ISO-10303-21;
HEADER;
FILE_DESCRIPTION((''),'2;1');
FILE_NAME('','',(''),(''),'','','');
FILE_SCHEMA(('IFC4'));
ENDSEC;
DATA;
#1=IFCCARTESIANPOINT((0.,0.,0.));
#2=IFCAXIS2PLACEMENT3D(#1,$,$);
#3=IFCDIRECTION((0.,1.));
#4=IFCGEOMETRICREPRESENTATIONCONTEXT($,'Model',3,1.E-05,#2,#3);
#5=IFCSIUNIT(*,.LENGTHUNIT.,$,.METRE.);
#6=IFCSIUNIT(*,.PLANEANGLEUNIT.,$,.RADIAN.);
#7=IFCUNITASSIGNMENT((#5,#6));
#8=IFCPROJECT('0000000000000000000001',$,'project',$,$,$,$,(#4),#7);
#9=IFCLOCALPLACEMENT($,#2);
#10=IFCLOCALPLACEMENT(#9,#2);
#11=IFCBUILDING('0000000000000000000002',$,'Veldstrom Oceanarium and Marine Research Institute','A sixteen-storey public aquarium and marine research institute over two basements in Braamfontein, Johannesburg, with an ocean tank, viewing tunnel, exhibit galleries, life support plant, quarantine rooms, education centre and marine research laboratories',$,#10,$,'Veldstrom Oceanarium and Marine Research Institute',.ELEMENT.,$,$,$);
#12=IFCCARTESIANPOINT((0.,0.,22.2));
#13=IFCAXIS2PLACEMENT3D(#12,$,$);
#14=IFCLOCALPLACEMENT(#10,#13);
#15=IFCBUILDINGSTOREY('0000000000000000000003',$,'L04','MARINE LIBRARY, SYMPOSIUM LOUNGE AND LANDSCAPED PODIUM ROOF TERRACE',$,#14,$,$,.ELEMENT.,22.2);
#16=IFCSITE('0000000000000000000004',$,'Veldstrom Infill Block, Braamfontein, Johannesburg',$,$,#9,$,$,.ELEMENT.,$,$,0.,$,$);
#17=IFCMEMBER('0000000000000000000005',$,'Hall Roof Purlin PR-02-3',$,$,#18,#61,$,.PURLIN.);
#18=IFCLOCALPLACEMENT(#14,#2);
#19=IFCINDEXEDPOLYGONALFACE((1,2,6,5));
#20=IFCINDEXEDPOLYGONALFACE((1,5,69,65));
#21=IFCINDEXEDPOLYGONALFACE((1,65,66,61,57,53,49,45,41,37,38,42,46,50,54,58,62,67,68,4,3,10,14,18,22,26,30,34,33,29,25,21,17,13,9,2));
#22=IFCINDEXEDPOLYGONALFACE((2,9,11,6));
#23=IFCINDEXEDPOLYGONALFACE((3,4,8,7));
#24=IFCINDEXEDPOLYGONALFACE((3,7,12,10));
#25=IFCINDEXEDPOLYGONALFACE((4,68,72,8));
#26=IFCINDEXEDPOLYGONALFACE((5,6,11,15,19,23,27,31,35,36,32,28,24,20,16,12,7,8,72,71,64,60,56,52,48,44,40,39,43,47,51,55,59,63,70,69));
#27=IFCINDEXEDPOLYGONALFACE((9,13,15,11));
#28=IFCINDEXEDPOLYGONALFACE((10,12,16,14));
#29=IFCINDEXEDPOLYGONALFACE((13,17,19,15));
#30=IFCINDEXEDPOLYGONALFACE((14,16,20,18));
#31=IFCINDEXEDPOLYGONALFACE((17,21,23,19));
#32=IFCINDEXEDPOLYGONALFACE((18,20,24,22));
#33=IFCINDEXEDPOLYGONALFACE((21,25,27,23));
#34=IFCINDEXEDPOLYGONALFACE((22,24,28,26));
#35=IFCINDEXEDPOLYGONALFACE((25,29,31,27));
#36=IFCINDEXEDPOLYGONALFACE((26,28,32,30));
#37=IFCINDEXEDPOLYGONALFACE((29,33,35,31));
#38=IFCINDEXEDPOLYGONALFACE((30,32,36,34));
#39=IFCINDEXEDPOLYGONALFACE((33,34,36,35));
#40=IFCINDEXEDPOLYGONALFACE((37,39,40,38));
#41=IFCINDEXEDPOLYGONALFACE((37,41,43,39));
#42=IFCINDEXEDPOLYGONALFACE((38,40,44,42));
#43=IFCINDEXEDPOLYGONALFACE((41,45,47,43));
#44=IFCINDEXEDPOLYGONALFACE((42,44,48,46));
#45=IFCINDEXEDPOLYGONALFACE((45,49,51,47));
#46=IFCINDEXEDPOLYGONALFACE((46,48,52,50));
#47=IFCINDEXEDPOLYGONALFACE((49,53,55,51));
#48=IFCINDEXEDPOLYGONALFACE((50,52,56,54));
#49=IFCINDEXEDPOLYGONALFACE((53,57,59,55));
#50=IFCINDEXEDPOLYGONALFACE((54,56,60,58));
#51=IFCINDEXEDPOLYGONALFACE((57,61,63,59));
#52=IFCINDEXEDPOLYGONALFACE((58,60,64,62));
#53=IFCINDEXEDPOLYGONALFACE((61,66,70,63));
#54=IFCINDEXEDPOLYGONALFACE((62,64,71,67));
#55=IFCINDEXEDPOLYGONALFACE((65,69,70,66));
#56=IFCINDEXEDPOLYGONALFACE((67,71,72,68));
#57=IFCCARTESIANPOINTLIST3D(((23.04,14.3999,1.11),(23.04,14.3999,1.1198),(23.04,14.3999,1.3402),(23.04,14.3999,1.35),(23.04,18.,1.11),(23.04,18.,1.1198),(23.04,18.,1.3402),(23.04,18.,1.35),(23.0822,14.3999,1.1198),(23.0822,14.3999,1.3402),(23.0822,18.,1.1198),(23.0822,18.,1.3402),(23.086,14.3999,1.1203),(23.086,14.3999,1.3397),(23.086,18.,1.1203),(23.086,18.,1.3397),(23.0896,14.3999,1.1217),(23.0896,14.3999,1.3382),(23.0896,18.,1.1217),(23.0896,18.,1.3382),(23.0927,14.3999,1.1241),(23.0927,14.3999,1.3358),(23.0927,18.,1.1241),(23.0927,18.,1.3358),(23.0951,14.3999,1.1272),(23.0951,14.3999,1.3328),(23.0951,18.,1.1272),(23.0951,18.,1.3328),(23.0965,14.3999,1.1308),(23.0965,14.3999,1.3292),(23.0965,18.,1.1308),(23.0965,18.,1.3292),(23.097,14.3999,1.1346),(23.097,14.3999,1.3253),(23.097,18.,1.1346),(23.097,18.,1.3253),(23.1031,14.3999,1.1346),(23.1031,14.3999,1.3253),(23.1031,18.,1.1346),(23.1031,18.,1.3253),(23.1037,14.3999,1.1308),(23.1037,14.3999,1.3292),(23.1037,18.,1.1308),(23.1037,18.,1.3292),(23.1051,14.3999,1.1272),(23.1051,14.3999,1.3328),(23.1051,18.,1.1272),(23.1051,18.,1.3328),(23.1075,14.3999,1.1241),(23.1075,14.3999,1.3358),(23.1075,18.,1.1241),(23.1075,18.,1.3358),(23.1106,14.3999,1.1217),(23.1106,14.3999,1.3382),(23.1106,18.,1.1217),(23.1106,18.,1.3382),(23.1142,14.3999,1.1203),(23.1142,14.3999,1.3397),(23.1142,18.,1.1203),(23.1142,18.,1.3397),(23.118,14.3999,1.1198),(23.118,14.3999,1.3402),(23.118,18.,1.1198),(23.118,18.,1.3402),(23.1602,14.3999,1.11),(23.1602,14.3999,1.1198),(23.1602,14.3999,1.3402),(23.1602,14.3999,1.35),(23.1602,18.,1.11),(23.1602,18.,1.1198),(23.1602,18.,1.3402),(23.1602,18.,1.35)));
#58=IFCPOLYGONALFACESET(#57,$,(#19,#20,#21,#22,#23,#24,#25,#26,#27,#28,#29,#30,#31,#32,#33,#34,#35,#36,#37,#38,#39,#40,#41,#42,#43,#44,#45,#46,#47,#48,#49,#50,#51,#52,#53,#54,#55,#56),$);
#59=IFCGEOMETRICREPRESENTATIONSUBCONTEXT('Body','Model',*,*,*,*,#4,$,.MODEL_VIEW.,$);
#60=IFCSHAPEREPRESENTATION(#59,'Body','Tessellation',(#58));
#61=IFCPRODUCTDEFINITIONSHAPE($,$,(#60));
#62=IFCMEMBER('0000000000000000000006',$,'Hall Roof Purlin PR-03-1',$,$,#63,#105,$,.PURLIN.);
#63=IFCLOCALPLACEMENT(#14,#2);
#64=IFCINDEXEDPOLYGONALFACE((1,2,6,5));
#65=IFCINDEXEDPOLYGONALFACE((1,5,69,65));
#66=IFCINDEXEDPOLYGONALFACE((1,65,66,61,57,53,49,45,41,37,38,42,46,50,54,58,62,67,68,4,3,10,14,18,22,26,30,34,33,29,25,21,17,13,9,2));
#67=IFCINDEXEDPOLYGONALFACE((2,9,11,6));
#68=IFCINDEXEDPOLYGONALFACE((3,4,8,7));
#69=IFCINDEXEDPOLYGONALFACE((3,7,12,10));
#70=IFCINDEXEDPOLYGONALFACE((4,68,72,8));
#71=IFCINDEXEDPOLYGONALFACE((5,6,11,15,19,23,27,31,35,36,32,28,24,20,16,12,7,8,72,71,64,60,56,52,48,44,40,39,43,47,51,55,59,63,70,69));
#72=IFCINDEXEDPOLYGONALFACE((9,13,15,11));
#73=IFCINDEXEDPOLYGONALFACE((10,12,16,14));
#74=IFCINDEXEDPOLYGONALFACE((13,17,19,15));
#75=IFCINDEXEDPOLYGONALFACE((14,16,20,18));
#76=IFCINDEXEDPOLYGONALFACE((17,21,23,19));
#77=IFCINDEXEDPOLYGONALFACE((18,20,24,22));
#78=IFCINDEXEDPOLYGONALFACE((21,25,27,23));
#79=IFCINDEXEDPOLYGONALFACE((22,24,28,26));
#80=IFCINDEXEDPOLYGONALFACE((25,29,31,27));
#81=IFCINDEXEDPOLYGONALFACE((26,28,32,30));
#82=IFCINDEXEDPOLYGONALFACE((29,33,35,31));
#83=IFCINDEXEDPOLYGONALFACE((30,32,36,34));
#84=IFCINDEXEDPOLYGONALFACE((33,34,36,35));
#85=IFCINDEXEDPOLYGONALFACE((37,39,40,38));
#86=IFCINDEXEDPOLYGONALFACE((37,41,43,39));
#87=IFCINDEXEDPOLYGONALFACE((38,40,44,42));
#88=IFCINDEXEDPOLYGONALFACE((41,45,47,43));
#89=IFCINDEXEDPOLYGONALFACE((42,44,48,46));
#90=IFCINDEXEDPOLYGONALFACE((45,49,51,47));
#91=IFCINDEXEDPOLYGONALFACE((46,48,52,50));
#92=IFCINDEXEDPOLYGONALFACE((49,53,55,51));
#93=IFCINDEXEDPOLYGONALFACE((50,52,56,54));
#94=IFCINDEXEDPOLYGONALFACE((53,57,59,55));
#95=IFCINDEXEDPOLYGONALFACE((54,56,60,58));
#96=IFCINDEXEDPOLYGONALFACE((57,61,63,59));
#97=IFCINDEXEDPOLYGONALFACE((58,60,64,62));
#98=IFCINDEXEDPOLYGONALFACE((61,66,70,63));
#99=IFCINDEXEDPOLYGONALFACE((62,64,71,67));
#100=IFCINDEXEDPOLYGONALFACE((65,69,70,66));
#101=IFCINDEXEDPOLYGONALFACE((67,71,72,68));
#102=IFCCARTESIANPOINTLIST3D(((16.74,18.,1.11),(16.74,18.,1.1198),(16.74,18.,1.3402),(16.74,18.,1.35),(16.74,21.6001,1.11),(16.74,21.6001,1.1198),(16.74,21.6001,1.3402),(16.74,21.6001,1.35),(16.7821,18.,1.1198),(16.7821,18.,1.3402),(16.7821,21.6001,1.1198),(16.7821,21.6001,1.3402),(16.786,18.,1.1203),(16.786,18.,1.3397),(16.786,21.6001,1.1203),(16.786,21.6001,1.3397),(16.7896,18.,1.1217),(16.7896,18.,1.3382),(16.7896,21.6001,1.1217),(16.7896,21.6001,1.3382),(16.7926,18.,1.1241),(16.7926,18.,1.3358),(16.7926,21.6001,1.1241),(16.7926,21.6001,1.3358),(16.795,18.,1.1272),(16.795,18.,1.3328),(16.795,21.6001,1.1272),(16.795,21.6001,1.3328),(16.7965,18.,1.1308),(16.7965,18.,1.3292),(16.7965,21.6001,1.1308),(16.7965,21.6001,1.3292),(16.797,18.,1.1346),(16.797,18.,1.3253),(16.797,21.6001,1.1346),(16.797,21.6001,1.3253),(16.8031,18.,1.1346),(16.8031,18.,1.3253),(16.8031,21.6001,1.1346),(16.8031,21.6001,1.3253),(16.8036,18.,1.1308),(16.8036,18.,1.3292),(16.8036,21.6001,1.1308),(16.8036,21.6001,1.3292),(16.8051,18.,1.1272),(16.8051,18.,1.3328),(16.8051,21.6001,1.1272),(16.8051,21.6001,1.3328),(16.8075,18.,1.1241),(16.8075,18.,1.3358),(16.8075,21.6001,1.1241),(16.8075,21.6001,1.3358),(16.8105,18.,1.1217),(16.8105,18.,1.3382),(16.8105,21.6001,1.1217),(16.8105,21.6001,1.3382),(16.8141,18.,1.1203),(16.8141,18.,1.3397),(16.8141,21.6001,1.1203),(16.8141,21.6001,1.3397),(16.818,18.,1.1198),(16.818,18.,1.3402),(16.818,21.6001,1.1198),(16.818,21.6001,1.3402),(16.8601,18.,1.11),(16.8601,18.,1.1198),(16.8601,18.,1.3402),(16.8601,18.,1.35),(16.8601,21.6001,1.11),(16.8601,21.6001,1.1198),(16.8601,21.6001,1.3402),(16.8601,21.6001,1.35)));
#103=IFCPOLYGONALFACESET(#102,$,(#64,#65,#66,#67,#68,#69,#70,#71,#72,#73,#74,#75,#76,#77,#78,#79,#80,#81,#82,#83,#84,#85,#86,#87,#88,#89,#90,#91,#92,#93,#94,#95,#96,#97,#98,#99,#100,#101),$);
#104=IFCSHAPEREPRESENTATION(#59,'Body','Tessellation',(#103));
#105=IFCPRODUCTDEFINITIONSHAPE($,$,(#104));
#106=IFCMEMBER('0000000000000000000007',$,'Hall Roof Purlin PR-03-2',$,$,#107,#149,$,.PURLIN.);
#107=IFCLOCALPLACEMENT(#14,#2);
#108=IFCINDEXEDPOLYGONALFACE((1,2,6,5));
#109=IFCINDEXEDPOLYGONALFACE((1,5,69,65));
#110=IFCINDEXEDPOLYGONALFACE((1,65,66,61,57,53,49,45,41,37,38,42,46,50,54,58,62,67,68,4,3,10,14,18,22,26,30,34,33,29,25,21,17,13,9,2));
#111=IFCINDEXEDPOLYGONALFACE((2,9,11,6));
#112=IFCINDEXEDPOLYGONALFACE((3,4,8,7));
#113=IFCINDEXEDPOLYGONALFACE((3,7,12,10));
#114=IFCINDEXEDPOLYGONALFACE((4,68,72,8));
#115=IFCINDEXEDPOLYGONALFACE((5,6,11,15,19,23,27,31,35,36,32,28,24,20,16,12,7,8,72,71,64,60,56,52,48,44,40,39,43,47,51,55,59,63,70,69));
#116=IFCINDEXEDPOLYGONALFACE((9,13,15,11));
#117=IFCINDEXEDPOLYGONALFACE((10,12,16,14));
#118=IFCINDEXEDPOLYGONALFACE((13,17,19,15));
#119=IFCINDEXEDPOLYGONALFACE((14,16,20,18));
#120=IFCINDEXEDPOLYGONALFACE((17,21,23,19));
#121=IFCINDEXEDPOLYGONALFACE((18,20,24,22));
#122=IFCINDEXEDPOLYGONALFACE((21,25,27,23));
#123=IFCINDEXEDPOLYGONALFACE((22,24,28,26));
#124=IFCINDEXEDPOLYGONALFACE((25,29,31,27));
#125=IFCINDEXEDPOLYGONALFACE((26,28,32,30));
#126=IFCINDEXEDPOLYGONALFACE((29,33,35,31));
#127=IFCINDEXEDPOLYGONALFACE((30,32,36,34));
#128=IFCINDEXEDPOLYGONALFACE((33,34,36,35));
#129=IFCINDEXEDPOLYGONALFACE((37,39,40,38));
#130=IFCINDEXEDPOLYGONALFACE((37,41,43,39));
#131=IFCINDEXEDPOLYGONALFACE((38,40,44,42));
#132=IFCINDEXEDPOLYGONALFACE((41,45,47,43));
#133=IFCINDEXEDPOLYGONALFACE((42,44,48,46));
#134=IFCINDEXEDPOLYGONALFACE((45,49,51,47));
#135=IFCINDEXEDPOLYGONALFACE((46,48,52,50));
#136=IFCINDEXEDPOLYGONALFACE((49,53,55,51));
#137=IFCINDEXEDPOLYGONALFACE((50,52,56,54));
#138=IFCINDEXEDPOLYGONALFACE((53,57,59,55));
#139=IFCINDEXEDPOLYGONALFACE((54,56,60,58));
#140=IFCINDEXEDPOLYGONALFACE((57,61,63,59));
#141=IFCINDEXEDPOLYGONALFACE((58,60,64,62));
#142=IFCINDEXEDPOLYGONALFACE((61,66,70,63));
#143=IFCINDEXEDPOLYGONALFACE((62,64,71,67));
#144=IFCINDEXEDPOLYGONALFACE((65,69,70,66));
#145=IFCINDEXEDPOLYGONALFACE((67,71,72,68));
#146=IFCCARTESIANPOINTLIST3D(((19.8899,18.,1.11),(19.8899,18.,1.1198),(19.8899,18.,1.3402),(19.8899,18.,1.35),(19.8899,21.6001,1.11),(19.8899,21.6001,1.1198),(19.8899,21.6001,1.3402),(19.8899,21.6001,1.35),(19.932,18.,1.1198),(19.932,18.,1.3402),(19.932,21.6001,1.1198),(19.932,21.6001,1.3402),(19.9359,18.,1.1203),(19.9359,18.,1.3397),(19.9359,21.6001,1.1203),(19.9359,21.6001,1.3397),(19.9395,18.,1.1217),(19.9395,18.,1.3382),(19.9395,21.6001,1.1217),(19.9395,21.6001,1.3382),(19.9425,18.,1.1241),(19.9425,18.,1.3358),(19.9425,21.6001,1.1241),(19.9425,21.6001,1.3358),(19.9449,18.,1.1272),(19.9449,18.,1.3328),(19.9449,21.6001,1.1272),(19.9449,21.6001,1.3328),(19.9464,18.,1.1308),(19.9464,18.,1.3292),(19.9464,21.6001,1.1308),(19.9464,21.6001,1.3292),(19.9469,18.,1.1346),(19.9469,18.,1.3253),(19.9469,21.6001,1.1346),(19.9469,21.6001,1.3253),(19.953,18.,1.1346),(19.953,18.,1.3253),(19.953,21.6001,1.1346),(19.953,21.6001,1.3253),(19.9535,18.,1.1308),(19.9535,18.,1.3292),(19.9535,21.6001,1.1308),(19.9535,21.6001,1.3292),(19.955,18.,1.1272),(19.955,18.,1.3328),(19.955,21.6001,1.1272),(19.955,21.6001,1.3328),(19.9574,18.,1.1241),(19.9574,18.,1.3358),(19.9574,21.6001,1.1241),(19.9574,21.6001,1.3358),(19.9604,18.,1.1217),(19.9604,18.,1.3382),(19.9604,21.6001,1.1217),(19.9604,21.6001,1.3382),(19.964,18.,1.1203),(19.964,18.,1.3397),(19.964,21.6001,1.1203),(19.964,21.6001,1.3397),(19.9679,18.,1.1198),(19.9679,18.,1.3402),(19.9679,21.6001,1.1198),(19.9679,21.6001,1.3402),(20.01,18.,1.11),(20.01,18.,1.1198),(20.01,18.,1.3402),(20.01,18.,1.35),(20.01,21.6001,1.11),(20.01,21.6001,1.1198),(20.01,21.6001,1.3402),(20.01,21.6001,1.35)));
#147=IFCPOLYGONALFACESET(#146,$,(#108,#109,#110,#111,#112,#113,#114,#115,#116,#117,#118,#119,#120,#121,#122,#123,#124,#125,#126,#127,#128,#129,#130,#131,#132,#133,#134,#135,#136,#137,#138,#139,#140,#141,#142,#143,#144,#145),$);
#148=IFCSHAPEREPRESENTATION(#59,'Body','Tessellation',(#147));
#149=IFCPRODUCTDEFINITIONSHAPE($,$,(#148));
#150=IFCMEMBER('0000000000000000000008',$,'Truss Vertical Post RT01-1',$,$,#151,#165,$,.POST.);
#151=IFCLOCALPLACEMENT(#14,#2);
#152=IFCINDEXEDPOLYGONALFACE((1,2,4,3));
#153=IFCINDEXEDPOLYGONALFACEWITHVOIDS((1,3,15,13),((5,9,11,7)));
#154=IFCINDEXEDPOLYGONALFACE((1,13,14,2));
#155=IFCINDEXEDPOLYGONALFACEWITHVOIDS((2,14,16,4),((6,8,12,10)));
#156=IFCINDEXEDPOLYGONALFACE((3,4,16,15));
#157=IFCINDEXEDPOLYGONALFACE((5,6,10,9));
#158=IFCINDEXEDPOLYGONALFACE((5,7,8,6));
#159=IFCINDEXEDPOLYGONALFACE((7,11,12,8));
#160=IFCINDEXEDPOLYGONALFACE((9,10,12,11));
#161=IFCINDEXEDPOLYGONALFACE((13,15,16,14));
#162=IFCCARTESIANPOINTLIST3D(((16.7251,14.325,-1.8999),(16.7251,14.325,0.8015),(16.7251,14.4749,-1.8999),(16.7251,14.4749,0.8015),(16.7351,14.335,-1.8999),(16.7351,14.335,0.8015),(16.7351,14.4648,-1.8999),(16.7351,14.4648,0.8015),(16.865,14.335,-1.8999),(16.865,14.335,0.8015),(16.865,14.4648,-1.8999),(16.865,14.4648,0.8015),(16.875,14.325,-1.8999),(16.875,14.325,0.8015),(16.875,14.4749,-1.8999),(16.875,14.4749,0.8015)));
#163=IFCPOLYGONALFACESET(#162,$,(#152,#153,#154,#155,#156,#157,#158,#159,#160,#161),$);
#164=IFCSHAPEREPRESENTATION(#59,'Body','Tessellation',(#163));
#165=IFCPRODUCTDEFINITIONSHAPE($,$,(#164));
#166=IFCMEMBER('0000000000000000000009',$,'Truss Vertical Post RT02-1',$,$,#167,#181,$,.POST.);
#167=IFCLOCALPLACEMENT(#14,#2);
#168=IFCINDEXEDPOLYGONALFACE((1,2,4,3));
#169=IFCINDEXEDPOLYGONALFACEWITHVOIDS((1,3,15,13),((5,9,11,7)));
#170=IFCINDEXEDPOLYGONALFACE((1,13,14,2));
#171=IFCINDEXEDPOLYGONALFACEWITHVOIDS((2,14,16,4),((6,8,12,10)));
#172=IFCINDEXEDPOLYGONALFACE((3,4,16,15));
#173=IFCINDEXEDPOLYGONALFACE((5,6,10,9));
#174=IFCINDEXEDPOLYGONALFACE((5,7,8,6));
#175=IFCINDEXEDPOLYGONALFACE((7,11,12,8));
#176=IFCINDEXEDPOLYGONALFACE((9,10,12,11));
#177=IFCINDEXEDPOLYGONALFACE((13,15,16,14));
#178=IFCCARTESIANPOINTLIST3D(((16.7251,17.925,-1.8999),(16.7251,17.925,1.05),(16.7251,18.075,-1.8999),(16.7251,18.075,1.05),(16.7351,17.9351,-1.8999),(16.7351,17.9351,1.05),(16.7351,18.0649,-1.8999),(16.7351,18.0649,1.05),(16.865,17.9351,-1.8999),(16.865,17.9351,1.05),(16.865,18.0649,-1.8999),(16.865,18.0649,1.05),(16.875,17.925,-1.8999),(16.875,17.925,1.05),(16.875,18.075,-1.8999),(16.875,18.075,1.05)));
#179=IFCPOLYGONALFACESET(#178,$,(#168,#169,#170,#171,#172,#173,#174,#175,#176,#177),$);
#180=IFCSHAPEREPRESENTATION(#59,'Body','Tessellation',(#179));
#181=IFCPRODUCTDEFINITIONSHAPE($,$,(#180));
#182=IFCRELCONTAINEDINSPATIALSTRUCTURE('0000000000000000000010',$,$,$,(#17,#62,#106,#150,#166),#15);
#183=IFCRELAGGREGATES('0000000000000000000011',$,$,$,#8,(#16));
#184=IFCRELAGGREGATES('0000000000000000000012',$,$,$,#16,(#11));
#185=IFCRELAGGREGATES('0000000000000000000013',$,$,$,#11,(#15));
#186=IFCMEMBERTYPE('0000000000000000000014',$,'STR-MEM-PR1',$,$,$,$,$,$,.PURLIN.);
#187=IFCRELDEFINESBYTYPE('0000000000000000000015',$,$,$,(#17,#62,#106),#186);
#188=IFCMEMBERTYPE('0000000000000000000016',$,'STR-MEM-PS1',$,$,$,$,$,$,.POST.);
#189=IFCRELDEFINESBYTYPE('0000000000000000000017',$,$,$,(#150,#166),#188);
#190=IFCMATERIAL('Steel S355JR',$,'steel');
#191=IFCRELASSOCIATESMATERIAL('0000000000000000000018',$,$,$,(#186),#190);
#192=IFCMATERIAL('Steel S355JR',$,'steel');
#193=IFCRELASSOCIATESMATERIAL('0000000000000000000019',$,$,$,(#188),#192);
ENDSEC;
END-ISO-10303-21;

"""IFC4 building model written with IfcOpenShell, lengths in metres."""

from ifc_helpers import new_model, si_unit, direction, frame, origin, origin_2d, place, context, subcontext, project, spatial, hollow_rectangle, i_section, extrude, material, material_profile, profile_set, type_object, element, save


model = new_model("IFC4")

# Units and contexts
model_context = context("Model", 3, precision=1e-05, world=origin(), true_north=direction((0.0, 1.0)))
body_context = subcontext(model_context, "Body", "Model", "MODEL_VIEW")
ifc_project = project(units=[si_unit("LENGTHUNIT", "METRE"), si_unit("PLANEANGLEUNIT", "RADIAN")], contexts=[model_context])

# Site, building, storey
site_placement = place(None, origin())
site = spatial("IfcSite", under=ifc_project, at=site_placement, Name="Veldstrom Infill Block, Braamfontein, Johannesburg", CompositionType="ELEMENT", RefElevation=0.0)
building_placement = place(site_placement, origin())
building = spatial("IfcBuilding", under=site, at=building_placement, Name="Veldstrom Oceanarium and Marine Research Institute", Description="A sixteen-storey public aquarium and marine research institute over two basements in Braamfontein, Johannesburg, with an ocean tank, viewing tunnel, exhibit galleries, life support plant, quarantine rooms, education centre and marine research laboratories", LongName="Veldstrom Oceanarium and Marine Research Institute", CompositionType="ELEMENT")
storey_placement = place(building_placement, frame((0.0, 0.0, 22.2)))
storey = spatial("IfcBuildingStorey", under=building, at=storey_placement, Name="L04", Description="MARINE LIBRARY, SYMPOSIUM LOUNGE AND LANDSCAPED PODIUM ROOF TERRACE", CompositionType="ELEMENT", Elevation=22.2)

# Members
ifc_material_1 = material(Name="Steel S355JR", Category="steel")
ifc_material_profile_1 = material_profile(ifc_material_1, i_section(OverallWidth=0.1201, OverallDepth=0.24, WebThickness=0.0061, FlangeThickness=0.0098, FilletRadius=0.0149, at=origin_2d()), Name="IPE 240")
ifc_profile_set_1 = profile_set([ifc_material_profile_1], Name="Steel S355JR")
member_type_1 = type_object("IfcMemberType", Name="STR-MEM-PR1", PredefinedType="PURLIN", material=ifc_profile_set_1)
for number, where, z_axis, x_axis, name in (
    (1, (23.1001, 14.3999, 1.23), (0.0, 1.0, 0.0), (-1.0, 0.0, 0.0), "Hall Roof Purlin PR-02-3"),
    (2, (16.8, 18.0, 1.23), (0.0, 1.0, 0.0), (-1.0, 0.0, 0.0), "Hall Roof Purlin PR-03-1"),
    (3, (19.95, 18.0, 1.23), (0.0, 1.0, 0.0), (-1.0, 0.0, 0.0), "Hall Roof Purlin PR-03-2"),
):
    element("IfcMember", number, at=place(storey_placement, frame(where, z_axis=z_axis, x_axis=x_axis)), inside=storey, type_object=member_type_1, Name=name, PredefinedType="PURLIN", context=body_context, shape_type="SweptSolid", body=[
        extrude(i_section(OverallWidth=0.1201, OverallDepth=0.24, WebThickness=0.0061, FlangeThickness=0.0098, FilletRadius=0.0149, at=origin_2d()), origin(), (0.0, 0.0, 1.0), 3.6001),
    ])
ifc_material_2 = material(Name="Steel S355JR", Category="steel")
ifc_material_profile_2 = material_profile(ifc_material_2, hollow_rectangle(XDim=0.1499, YDim=0.1499, WallThickness=0.01, at=origin_2d()), Name="SHS 150x150x10")
ifc_profile_set_2 = profile_set([ifc_material_profile_2], Name="Steel S355JR")
member_type_2 = type_object("IfcMemberType", Name="STR-MEM-PS1", PredefinedType="POST", material=ifc_profile_set_2)
member_1_placement = place(storey_placement, frame((16.8, 14.3999, -1.8999), z_axis=(0.0, 0.0, 1.0), x_axis=(1.0, 0.0, 0.0)))
element("IfcMember", 4, at=member_1_placement, inside=storey, type_object=member_type_2, Name="Truss Vertical Post RT01-1", PredefinedType="POST", context=body_context, shape_type="SweptSolid", body=[
    extrude(hollow_rectangle(XDim=0.1499, YDim=0.1499, WallThickness=0.01, at=origin_2d()), origin(), (0.0, 0.0, 1.0), 2.7014),
])
member_2_placement = place(storey_placement, frame((16.8, 18.0, -1.8999), z_axis=(0.0, 0.0, 1.0), x_axis=(1.0, 0.0, 0.0)))
element("IfcMember", 5, at=member_2_placement, inside=storey, type_object=member_type_2, Name="Truss Vertical Post RT02-1", PredefinedType="POST", context=body_context, shape_type="SweptSolid", body=[
    extrude(hollow_rectangle(XDim=0.1499, YDim=0.1499, WallThickness=0.01, at=origin_2d()), origin(), (0.0, 0.0, 1.0), 2.95),
])

save(model, "model.ifc")
